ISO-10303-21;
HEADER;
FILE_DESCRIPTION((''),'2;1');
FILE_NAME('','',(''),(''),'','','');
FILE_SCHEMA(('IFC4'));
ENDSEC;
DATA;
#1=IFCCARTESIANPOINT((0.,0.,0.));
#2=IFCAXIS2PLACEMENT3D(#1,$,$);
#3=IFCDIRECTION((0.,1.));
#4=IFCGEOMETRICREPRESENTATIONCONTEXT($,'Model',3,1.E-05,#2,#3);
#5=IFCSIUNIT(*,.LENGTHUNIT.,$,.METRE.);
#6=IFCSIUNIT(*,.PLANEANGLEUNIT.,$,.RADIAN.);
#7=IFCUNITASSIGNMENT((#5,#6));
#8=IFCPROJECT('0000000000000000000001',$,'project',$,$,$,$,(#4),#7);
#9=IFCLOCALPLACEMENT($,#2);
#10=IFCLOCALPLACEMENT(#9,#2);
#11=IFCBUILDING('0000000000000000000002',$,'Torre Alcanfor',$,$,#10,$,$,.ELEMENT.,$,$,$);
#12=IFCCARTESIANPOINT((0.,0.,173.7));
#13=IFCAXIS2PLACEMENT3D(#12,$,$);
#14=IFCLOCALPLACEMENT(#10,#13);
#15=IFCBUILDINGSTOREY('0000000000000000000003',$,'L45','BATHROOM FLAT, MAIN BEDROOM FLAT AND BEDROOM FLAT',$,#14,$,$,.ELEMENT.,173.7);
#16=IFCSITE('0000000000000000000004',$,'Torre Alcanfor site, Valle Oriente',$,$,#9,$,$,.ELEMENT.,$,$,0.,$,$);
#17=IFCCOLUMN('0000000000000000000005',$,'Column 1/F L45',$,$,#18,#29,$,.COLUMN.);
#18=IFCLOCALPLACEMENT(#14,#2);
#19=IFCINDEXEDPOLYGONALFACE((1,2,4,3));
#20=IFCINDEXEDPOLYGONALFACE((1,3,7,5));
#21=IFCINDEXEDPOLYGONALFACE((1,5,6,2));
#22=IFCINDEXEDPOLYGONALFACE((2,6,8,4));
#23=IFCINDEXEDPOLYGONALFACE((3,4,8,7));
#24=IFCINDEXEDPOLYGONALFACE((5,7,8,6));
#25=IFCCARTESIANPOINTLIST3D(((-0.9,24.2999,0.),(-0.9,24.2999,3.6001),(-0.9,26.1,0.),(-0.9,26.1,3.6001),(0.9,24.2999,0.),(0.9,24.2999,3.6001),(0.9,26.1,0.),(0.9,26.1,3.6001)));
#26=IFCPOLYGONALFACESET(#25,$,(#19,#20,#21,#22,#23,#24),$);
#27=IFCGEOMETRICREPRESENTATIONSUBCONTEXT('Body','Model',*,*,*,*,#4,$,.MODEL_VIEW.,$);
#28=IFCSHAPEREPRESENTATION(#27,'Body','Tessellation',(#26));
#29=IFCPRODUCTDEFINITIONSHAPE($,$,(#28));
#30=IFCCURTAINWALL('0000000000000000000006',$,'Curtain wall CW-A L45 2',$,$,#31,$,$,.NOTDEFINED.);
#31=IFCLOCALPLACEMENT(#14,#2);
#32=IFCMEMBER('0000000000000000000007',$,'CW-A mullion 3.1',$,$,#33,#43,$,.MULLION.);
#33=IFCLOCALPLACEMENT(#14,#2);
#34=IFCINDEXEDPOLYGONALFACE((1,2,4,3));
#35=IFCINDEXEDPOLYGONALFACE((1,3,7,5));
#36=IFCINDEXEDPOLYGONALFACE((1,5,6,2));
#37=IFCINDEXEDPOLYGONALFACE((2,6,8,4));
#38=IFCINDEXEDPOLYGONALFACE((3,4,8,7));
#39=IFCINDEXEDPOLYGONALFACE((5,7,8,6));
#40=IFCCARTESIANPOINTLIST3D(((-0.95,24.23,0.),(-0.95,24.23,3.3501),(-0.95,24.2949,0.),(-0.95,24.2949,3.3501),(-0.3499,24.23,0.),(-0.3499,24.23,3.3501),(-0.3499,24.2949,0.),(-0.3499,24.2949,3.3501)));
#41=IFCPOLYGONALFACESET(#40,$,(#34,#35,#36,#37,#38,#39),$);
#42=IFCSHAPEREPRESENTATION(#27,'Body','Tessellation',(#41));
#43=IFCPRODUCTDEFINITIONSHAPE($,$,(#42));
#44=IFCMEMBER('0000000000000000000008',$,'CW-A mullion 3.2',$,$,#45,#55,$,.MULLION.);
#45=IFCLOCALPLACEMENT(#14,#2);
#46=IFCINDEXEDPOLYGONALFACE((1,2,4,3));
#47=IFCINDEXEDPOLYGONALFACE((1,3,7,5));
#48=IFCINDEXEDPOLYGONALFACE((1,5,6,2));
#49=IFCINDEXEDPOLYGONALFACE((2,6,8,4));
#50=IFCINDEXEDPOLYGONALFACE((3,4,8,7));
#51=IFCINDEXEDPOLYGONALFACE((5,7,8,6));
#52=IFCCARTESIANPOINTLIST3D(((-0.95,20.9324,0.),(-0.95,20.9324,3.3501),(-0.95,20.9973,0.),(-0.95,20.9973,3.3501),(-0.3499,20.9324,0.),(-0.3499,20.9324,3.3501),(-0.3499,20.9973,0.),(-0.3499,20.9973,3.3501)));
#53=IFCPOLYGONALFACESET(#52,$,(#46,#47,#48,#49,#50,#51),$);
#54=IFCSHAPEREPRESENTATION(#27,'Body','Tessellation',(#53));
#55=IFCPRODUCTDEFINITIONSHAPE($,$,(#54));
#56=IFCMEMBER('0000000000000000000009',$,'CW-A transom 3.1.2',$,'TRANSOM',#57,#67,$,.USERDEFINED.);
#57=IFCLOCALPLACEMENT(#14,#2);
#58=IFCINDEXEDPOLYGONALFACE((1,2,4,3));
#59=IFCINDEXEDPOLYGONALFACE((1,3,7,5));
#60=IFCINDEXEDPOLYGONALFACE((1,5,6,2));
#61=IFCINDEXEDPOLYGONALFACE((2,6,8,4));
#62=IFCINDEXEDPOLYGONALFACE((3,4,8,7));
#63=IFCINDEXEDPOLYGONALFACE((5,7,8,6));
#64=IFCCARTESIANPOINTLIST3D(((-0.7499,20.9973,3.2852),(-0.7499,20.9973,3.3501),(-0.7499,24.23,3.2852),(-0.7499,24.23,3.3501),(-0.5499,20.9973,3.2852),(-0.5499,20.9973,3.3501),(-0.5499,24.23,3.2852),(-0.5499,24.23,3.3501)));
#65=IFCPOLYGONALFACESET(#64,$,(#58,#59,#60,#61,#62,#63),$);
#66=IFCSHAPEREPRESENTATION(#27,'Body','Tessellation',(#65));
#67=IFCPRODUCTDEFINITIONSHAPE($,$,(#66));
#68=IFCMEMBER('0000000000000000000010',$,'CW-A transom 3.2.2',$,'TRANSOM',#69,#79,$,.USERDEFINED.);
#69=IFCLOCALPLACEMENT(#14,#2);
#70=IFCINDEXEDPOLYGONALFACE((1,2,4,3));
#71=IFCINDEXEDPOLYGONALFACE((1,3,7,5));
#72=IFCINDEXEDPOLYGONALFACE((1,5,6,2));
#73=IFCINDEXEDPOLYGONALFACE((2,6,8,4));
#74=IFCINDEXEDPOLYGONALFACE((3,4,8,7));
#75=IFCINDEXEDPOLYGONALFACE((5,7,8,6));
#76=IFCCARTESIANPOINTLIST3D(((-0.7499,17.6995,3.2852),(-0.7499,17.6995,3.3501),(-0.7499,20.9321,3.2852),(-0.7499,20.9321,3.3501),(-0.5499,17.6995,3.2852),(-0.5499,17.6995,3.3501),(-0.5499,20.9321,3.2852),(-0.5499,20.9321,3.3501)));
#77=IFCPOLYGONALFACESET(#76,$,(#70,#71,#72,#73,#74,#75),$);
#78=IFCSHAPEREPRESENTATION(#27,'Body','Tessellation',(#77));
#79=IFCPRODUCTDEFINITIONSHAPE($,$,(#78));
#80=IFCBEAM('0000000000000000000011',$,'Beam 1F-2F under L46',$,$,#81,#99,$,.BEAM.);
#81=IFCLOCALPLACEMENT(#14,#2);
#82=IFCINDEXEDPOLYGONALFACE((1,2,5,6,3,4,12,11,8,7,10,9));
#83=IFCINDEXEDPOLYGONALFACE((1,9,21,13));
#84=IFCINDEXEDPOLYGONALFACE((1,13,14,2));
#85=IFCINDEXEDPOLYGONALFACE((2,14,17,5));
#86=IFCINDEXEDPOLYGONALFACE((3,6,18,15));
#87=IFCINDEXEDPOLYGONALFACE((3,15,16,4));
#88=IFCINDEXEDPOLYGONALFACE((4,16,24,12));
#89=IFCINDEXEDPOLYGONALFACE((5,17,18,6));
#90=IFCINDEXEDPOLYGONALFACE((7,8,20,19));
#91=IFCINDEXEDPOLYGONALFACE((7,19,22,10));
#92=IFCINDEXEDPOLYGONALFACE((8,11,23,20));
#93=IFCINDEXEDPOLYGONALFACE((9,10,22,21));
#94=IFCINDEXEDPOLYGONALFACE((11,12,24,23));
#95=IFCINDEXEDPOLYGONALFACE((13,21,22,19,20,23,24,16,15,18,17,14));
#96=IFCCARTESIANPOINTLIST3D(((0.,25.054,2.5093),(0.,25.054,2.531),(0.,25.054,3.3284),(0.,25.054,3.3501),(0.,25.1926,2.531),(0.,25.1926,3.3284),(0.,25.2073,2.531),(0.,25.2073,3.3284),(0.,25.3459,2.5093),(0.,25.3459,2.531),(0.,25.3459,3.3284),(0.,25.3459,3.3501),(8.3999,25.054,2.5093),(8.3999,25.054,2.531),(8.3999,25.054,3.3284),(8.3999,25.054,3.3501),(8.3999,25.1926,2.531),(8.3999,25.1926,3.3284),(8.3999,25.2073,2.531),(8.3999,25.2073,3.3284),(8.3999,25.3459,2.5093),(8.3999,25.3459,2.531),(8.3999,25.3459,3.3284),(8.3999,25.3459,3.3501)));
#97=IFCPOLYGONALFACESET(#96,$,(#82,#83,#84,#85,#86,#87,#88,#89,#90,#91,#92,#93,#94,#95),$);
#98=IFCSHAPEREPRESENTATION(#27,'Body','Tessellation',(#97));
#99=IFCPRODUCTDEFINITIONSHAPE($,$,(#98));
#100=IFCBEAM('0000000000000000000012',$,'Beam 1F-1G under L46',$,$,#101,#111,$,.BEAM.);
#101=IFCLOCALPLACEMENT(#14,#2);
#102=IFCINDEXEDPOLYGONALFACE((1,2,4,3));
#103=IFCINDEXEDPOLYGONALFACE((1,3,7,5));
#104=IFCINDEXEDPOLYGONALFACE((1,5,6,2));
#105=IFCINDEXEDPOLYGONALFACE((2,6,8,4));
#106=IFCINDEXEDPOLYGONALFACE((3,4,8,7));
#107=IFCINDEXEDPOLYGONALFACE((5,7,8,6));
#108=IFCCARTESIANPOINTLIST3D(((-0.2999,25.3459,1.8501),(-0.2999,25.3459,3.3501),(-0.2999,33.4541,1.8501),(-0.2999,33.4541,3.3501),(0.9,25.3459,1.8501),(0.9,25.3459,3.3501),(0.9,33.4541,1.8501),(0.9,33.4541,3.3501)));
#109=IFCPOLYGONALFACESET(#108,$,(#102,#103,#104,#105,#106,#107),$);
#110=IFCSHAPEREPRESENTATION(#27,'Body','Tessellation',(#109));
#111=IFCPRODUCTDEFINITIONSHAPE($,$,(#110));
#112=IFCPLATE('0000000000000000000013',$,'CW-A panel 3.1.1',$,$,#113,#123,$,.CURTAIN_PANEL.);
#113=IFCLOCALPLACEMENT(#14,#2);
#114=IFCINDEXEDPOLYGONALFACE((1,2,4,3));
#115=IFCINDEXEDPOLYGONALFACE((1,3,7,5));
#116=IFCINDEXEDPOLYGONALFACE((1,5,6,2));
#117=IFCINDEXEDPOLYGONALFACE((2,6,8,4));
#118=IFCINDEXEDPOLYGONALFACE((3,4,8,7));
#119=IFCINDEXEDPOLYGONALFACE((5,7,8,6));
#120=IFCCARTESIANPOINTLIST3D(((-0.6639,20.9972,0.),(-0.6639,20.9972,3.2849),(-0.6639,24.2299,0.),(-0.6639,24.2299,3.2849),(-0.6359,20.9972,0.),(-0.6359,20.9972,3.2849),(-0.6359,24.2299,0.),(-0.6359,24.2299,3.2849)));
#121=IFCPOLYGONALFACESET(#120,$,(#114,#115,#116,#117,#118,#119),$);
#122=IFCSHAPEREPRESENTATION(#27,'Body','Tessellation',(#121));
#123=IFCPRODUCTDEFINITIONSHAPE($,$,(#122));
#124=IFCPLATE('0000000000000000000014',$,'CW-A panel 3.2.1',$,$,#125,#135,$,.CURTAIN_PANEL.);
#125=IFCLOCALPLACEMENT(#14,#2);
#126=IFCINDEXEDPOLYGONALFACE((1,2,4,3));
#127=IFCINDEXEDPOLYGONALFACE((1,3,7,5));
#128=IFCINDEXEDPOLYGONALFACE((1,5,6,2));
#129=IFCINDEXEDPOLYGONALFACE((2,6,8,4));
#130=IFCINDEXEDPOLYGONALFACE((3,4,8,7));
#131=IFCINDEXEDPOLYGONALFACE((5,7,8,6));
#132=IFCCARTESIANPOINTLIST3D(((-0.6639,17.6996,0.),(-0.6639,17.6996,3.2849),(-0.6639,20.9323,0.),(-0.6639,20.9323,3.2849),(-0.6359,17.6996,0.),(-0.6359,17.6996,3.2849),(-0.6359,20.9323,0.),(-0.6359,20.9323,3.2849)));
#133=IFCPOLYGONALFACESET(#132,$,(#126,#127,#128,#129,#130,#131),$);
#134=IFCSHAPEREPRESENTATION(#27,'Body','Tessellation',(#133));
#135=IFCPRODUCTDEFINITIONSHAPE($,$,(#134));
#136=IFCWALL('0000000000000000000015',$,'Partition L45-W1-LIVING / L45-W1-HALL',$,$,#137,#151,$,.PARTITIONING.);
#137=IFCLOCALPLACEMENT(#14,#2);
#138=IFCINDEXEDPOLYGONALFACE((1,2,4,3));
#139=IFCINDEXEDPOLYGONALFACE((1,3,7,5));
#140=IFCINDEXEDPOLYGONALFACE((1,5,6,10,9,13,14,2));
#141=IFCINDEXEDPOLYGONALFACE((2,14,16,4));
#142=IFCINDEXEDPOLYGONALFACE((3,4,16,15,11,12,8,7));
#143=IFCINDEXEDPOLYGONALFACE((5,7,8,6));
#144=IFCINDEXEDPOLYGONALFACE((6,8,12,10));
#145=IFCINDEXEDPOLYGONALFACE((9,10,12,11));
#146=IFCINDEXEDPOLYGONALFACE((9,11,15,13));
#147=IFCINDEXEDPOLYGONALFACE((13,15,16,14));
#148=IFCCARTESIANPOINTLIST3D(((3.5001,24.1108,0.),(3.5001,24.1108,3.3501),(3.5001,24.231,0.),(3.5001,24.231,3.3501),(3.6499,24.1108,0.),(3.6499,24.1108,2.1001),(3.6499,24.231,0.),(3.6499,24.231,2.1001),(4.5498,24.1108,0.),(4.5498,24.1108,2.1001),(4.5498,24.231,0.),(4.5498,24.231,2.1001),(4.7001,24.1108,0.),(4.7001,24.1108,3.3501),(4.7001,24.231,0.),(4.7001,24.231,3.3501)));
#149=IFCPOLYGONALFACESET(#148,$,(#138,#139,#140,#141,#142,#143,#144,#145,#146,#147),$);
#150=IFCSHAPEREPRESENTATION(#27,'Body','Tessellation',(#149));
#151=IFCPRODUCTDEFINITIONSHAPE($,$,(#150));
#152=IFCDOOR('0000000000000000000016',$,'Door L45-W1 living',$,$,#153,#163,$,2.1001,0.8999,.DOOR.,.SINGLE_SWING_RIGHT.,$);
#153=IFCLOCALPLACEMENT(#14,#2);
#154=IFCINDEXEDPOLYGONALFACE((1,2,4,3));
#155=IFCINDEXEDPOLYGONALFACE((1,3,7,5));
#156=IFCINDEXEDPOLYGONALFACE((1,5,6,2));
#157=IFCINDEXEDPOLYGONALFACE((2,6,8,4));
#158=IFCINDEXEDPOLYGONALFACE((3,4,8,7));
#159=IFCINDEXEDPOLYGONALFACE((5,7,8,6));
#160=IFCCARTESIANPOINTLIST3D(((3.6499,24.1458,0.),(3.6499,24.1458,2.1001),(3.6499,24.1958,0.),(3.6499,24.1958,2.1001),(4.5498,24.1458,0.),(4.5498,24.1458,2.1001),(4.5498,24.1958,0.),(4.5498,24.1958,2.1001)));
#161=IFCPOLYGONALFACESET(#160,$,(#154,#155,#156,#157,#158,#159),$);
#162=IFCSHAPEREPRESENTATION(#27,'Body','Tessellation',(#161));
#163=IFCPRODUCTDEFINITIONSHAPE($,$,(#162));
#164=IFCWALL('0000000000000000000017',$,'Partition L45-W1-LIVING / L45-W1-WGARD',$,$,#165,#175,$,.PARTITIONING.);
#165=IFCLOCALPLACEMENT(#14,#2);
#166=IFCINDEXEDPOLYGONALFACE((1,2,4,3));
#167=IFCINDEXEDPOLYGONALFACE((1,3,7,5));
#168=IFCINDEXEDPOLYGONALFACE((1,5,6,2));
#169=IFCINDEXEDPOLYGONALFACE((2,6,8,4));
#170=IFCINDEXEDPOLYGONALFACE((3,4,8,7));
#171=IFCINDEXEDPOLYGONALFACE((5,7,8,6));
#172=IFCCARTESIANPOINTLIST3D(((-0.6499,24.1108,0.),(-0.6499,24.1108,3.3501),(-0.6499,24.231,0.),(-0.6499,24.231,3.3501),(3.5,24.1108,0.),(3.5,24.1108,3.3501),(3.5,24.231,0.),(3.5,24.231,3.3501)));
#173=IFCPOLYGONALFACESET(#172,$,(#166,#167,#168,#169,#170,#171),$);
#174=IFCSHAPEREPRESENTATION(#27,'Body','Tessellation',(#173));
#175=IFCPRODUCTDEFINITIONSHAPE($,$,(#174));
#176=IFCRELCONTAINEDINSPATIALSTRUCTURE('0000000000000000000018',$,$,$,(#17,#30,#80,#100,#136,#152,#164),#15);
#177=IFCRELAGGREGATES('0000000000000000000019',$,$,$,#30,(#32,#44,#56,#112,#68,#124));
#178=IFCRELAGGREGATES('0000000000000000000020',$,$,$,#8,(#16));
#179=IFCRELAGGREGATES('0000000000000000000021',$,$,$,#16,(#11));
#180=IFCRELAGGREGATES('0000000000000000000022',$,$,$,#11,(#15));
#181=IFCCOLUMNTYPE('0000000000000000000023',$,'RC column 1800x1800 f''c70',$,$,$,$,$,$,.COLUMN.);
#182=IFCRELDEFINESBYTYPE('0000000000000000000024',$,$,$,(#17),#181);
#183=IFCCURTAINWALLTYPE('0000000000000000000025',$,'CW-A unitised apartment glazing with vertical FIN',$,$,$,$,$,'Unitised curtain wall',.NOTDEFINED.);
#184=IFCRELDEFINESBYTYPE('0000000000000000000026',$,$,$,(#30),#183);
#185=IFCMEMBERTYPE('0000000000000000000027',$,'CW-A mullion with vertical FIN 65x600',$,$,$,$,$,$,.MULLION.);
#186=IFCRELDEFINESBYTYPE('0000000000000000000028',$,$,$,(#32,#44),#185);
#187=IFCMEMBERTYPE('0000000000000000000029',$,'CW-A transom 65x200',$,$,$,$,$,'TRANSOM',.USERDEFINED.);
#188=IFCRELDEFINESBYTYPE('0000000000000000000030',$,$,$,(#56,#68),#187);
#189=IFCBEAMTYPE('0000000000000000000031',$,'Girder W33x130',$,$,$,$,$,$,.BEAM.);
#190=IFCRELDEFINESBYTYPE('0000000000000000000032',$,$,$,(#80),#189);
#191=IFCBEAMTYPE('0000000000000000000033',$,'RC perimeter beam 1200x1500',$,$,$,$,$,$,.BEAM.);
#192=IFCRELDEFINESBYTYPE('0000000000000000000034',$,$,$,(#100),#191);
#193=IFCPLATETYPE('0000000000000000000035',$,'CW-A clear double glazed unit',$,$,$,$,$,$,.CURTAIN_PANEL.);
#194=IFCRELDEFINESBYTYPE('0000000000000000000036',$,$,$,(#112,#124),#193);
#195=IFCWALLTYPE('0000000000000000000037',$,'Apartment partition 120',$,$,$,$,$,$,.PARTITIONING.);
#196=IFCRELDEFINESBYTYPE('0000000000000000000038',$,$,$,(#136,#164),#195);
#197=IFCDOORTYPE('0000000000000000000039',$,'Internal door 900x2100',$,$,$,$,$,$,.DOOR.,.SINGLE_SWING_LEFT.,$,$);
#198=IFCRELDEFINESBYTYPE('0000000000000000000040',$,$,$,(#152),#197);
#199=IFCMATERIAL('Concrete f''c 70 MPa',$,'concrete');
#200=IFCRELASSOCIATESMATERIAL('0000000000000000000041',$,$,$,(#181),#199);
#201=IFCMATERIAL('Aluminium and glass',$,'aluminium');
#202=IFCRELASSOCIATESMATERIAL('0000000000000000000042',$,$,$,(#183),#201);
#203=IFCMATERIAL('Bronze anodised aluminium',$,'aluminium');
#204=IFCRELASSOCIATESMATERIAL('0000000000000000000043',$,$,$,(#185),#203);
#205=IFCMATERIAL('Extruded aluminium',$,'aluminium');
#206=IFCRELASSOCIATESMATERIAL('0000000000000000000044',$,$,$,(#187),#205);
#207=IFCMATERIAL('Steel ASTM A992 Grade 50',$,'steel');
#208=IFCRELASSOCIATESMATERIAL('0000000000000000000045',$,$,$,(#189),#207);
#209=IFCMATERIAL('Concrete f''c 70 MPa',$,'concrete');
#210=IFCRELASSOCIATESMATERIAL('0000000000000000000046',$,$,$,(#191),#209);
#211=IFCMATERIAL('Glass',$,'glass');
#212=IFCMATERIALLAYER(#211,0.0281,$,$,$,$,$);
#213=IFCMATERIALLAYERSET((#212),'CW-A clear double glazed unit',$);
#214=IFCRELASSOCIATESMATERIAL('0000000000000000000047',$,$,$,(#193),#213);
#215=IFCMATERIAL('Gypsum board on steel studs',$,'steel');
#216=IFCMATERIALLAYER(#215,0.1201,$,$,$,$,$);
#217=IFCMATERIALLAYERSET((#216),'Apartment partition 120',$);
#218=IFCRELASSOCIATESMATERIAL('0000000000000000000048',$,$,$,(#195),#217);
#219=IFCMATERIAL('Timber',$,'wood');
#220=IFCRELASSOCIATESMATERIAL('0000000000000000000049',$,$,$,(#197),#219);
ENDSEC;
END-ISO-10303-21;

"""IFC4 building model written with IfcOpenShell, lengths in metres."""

from ifc_helpers import new_model, si_unit, direction, frame, frame_2d, origin, origin_2d, place, context, subcontext, project, spatial, rectangle, i_section, extrude, material, layer, layer_set, material_profile, profile_set, type_object, element, fill, aggregate, save


model = new_model("IFC4")

# Units and contexts
model_context = context("Model", 3, precision=1e-05, world=origin(), true_north=direction((0.0, 1.0)))
body_context = subcontext(model_context, "Body", "Model", "MODEL_VIEW")
ifc_project = project(units=[si_unit("LENGTHUNIT", "METRE"), si_unit("PLANEANGLEUNIT", "RADIAN")], contexts=[model_context])

# Site, building, storey
site_placement = place(None, origin())
site = spatial("IfcSite", under=ifc_project, at=site_placement, Name="Torre Alcanfor site, Valle Oriente", CompositionType="ELEMENT", RefElevation=0.0)
building_placement = place(site_placement, origin())
building = spatial("IfcBuilding", under=site, at=building_placement, Name="Torre Alcanfor", CompositionType="ELEMENT")
storey_placement = place(building_placement, frame((0.0, 0.0, 173.7)))
storey = spatial("IfcBuildingStorey", under=building, at=storey_placement, Name="L45", Description="BATHROOM FLAT, MAIN BEDROOM FLAT AND BEDROOM FLAT", CompositionType="ELEMENT", Elevation=173.7)

# Column
ifc_material_1 = material(Name="Concrete f'c 70 MPa", Category="concrete")
ifc_material_profile_1 = material_profile(ifc_material_1, rectangle(XDim=1.8, YDim=1.8, at=origin_2d()), Name="1800x1800")
ifc_profile_set_1 = profile_set([ifc_material_profile_1], Name="Concrete f'c 70 MPa")
column_type = type_object("IfcColumnType", Name="RC column 1800x1800 f'c70", PredefinedType="COLUMN", material=ifc_profile_set_1)
column_placement = place(storey_placement, frame((0.0, 25.2, 0.0), z_axis=(0.0, 0.0, 1.0), x_axis=(1.0, 0.0, 0.0)))
element("IfcColumn", 1, at=column_placement, inside=storey, type_object=column_type, Name="Column 1/F L45", PredefinedType="COLUMN", context=body_context, shape_type="SweptSolid", body=[
    extrude(rectangle(XDim=1.8, YDim=1.8, at=origin_2d()), origin(), (0.0, 0.0, 1.0), 3.6001),
])

# Curtain wall, members
ifc_material_2 = material(Name="Aluminium and glass", Category="aluminium")
curtain_wall_type = type_object("IfcCurtainWallType", Name="CW-A unitised apartment glazing with vertical FIN", ElementType="Unitised curtain wall", PredefinedType="NOTDEFINED", material=ifc_material_2)
curtain_wall_placement = place(storey_placement, origin())
curtain_wall = element("IfcCurtainWall", 2, at=curtain_wall_placement, inside=storey, type_object=curtain_wall_type, Name="Curtain wall CW-A L45 2", PredefinedType="NOTDEFINED")
ifc_material_3 = material(Name="Bronze anodised aluminium", Category="aluminium")
ifc_material_profile_2 = material_profile(ifc_material_3, rectangle(XDim=0.6001, YDim=0.0649, at=origin_2d()), Name="CW-A mullion 65x600")
ifc_profile_set_2 = profile_set([ifc_material_profile_2], Name="Bronze anodised aluminium")
member_type_1 = type_object("IfcMemberType", Name="CW-A mullion with vertical FIN 65x600", PredefinedType="MULLION", material=ifc_profile_set_2)
member_1_placement = place(storey_placement, frame((-0.6499, 24.2625, 0.0), z_axis=(0.0, 0.0, 1.0), x_axis=(1.0, 0.0, 0.0)))
member_1 = element("IfcMember", 3, at=member_1_placement, type_object=member_type_1, Name="CW-A mullion 3.1", PredefinedType="MULLION", context=body_context, shape_type="SweptSolid", body=[
    extrude(rectangle(XDim=0.6001, YDim=0.0649, at=origin_2d()), origin(), (0.0, 0.0, 1.0), 3.3501),
])
member_2_placement = place(storey_placement, frame((-0.6499, 20.9648, 0.0), z_axis=(0.0, 0.0, 1.0), x_axis=(1.0, 0.0, 0.0)))
member_2 = element("IfcMember", 4, at=member_2_placement, type_object=member_type_1, Name="CW-A mullion 3.2", PredefinedType="MULLION", context=body_context, shape_type="SweptSolid", body=[
    extrude(rectangle(XDim=0.6001, YDim=0.0649, at=origin_2d()), origin(), (0.0, 0.0, 1.0), 3.3501),
])
ifc_material_4 = material(Name="Extruded aluminium", Category="aluminium")
ifc_material_profile_3 = material_profile(ifc_material_4, rectangle(XDim=0.2, YDim=0.0649, at=origin_2d()), Name="CW-A transom 200x65")
ifc_profile_set_3 = profile_set([ifc_material_profile_3], Name="Extruded aluminium")
member_type_2 = type_object("IfcMemberType", Name="CW-A transom 65x200", ElementType="TRANSOM", PredefinedType="USERDEFINED", material=ifc_profile_set_3)
member_3_placement = place(storey_placement, frame((-0.6499, 24.23, 3.3176), z_axis=(0.0, -1.0, 0.0), x_axis=(1.0, 0.0, 0.0)))
member_3 = element("IfcMember", 5, at=member_3_placement, type_object=member_type_2, Name="CW-A transom 3.1.2", ObjectType="TRANSOM", PredefinedType="USERDEFINED", context=body_context, shape_type="SweptSolid", body=[
    extrude(rectangle(XDim=0.2, YDim=0.0649, at=origin_2d()), origin(), (0.0, 0.0, 1.0), 3.2327),
])
member_4_placement = place(storey_placement, frame((-0.6499, 20.9321, 3.3176), z_axis=(0.0, -1.0, 0.0), x_axis=(1.0, 0.0, 0.0)))
member_4 = element("IfcMember", 6, at=member_4_placement, type_object=member_type_2, Name="CW-A transom 3.2.2", ObjectType="TRANSOM", PredefinedType="USERDEFINED", context=body_context, shape_type="SweptSolid", body=[
    extrude(rectangle(XDim=0.2, YDim=0.0649, at=origin_2d()), origin(), (0.0, 0.0, 1.0), 3.2327),
])

# Beams
ifc_material_5 = material(Name="Steel ASTM A992 Grade 50", Category="steel")
ifc_material_profile_4 = material_profile(ifc_material_5, i_section(OverallWidth=0.292, OverallDepth=0.8408, WebThickness=0.0146, FlangeThickness=0.0217, at=origin_2d()), Name="W33x130")
ifc_profile_set_4 = profile_set([ifc_material_profile_4], Name="Steel ASTM A992 Grade 50")
beam_type_1 = type_object("IfcBeamType", Name="Girder W33x130", PredefinedType="BEAM", material=ifc_profile_set_4)
beam_1_placement = place(storey_placement, frame((0.0, 25.2, 2.9297), z_axis=(1.0, 0.0, 0.0), x_axis=(0.0, 1.0, 0.0)))
element("IfcBeam", 7, at=beam_1_placement, inside=storey, type_object=beam_type_1, Name="Beam 1F-2F under L46", PredefinedType="BEAM", context=body_context, shape_type="SweptSolid", body=[
    extrude(i_section(OverallWidth=0.292, OverallDepth=0.8408, WebThickness=0.0146, FlangeThickness=0.0217, at=origin_2d()), origin(), (0.0, 0.0, 1.0), 8.3999),
])
ifc_material_6 = material(Name="Concrete f'c 70 MPa", Category="concrete")
ifc_material_profile_5 = material_profile(ifc_material_6, rectangle(XDim=1.2, YDim=1.5, at=origin_2d()), Name="1200x1500")
ifc_profile_set_5 = profile_set([ifc_material_profile_5], Name="Concrete f'c 70 MPa")
beam_type_2 = type_object("IfcBeamType", Name="RC perimeter beam 1200x1500", PredefinedType="BEAM", material=ifc_profile_set_5)
beam_2_placement = place(storey_placement, frame((0.3, 25.3459, 2.6001), z_axis=(0.0, 1.0, 0.0), x_axis=(-1.0, 0.0, 0.0)))
element("IfcBeam", 8, at=beam_2_placement, inside=storey, type_object=beam_type_2, Name="Beam 1F-1G under L46", PredefinedType="BEAM", context=body_context, shape_type="SweptSolid", body=[
    extrude(rectangle(XDim=1.2, YDim=1.5, at=origin_2d()), origin(), (0.0, 0.0, 1.0), 8.1082),
])

# Plates
ifc_material_7 = material(Name="Glass", Category="glass")
ifc_layer_1 = layer(ifc_material_7, 0.0281)
ifc_layer_set_1 = layer_set([ifc_layer_1], Name="CW-A clear double glazed unit")
plate_type = type_object("IfcPlateType", Name="CW-A clear double glazed unit", PredefinedType="CURTAIN_PANEL", material=ifc_layer_set_1)
plate_1_placement = place(storey_placement, frame((-0.6499, 22.6135, 0.0), z_axis=(0.0, 0.0, 1.0), x_axis=(0.0, -1.0, 0.0)))
plate_1 = element("IfcPlate", 9, at=plate_1_placement, type_object=plate_type, Name="CW-A panel 3.1.1", PredefinedType="CURTAIN_PANEL", context=body_context, shape_type="SweptSolid", body=[
    extrude(rectangle(XDim=3.2327, YDim=0.0281, at=origin_2d()), origin(), (0.0, 0.0, 1.0), 3.2849),
])
plate_2_placement = place(storey_placement, frame((-0.6499, 19.3159, 0.0), z_axis=(0.0, 0.0, 1.0), x_axis=(0.0, -1.0, 0.0)))
plate_2 = element("IfcPlate", 10, at=plate_2_placement, type_object=plate_type, Name="CW-A panel 3.2.1", PredefinedType="CURTAIN_PANEL", context=body_context, shape_type="SweptSolid", body=[
    extrude(rectangle(XDim=3.2327, YDim=0.0281, at=origin_2d()), origin(), (0.0, 0.0, 1.0), 3.2849),
])
aggregate(curtain_wall, [member_1, member_2, member_3, plate_1, member_4, plate_2])

# Wall, opening, door
ifc_material_8 = material(Name="Gypsum board on steel studs", Category="steel")
ifc_layer_2 = layer(ifc_material_8, 0.1201)
ifc_layer_set_2 = layer_set([ifc_layer_2], Name="Apartment partition 120")
wall_type = type_object("IfcWallType", Name="Apartment partition 120", PredefinedType="PARTITIONING", material=ifc_layer_set_2)
wall_1_placement = place(storey_placement, frame((3.5, 24.1709, 0.0), z_axis=(0.0, 0.0, 1.0), x_axis=(1.0, 0.0, 0.0)))
wall_1 = element("IfcWall", 11, at=wall_1_placement, inside=storey, type_object=wall_type, Name="Partition L45-W1-LIVING / L45-W1-HALL", PredefinedType="PARTITIONING", context=body_context, shape_type="SweptSolid", body=[
    extrude(rectangle(XDim=1.2, YDim=0.1201, at=frame_2d((0.6001, 0.0))), origin(), (0.0, 0.0, 1.0), 3.3501),
])
opening_1_placement = place(wall_1_placement, frame((0.1499, 0.0, 0.0)))
opening_1 = element("IfcOpeningElement", 12, at=opening_1_placement, cuts=wall_1, PredefinedType="OPENING", context=body_context, shape_type="SweptSolid", body=[
    extrude(rectangle(XDim=0.8999, YDim=2.1001, at=frame_2d((0.45, 1.05))), frame((0.0, 0.0701, 0.0), z_axis=(0.0, -1.0, 0.0), x_axis=(1.0, 0.0, 0.0)), (0.0, 0.0, 1.0), 0.1401),
])
ifc_material_9 = material(Name="Timber", Category="wood")
door_type = type_object("IfcDoorType", Name="Internal door 900x2100", OperationType="SINGLE_SWING_LEFT", PredefinedType="DOOR", material=ifc_material_9)
door_1_placement = place(opening_1_placement, origin())
door_1 = element("IfcDoor", 13, at=door_1_placement, inside=storey, type_object=door_type, Name="Door L45-W1 living", OperationType="SINGLE_SWING_RIGHT", OverallHeight=2.1001, OverallWidth=0.8999, PredefinedType="DOOR", context=body_context, shape_type="SweptSolid", body=[
    extrude(rectangle(XDim=0.8999, YDim=2.1001, at=frame_2d((0.45, 1.05))), frame((0.0, 0.0249, 0.0), z_axis=(0.0, -1.0, 0.0), x_axis=(1.0, 0.0, 0.0)), (0.0, 0.0, 1.0), 0.05),
])
fill(opening_1, door_1)

# Wall
wall_2_placement = place(storey_placement, frame((-0.6499, 24.1709, 0.0), z_axis=(0.0, 0.0, 1.0), x_axis=(1.0, 0.0, 0.0)))
element("IfcWall", 14, at=wall_2_placement, inside=storey, type_object=wall_type, Name="Partition L45-W1-LIVING / L45-W1-WGARD", PredefinedType="PARTITIONING", context=body_context, shape_type="SweptSolid", body=[
    extrude(rectangle(XDim=4.1499, YDim=0.1201, at=frame_2d((2.075, 0.0))), origin(), (0.0, 0.0, 1.0), 3.3501),
])

save(model, "model.ifc")
